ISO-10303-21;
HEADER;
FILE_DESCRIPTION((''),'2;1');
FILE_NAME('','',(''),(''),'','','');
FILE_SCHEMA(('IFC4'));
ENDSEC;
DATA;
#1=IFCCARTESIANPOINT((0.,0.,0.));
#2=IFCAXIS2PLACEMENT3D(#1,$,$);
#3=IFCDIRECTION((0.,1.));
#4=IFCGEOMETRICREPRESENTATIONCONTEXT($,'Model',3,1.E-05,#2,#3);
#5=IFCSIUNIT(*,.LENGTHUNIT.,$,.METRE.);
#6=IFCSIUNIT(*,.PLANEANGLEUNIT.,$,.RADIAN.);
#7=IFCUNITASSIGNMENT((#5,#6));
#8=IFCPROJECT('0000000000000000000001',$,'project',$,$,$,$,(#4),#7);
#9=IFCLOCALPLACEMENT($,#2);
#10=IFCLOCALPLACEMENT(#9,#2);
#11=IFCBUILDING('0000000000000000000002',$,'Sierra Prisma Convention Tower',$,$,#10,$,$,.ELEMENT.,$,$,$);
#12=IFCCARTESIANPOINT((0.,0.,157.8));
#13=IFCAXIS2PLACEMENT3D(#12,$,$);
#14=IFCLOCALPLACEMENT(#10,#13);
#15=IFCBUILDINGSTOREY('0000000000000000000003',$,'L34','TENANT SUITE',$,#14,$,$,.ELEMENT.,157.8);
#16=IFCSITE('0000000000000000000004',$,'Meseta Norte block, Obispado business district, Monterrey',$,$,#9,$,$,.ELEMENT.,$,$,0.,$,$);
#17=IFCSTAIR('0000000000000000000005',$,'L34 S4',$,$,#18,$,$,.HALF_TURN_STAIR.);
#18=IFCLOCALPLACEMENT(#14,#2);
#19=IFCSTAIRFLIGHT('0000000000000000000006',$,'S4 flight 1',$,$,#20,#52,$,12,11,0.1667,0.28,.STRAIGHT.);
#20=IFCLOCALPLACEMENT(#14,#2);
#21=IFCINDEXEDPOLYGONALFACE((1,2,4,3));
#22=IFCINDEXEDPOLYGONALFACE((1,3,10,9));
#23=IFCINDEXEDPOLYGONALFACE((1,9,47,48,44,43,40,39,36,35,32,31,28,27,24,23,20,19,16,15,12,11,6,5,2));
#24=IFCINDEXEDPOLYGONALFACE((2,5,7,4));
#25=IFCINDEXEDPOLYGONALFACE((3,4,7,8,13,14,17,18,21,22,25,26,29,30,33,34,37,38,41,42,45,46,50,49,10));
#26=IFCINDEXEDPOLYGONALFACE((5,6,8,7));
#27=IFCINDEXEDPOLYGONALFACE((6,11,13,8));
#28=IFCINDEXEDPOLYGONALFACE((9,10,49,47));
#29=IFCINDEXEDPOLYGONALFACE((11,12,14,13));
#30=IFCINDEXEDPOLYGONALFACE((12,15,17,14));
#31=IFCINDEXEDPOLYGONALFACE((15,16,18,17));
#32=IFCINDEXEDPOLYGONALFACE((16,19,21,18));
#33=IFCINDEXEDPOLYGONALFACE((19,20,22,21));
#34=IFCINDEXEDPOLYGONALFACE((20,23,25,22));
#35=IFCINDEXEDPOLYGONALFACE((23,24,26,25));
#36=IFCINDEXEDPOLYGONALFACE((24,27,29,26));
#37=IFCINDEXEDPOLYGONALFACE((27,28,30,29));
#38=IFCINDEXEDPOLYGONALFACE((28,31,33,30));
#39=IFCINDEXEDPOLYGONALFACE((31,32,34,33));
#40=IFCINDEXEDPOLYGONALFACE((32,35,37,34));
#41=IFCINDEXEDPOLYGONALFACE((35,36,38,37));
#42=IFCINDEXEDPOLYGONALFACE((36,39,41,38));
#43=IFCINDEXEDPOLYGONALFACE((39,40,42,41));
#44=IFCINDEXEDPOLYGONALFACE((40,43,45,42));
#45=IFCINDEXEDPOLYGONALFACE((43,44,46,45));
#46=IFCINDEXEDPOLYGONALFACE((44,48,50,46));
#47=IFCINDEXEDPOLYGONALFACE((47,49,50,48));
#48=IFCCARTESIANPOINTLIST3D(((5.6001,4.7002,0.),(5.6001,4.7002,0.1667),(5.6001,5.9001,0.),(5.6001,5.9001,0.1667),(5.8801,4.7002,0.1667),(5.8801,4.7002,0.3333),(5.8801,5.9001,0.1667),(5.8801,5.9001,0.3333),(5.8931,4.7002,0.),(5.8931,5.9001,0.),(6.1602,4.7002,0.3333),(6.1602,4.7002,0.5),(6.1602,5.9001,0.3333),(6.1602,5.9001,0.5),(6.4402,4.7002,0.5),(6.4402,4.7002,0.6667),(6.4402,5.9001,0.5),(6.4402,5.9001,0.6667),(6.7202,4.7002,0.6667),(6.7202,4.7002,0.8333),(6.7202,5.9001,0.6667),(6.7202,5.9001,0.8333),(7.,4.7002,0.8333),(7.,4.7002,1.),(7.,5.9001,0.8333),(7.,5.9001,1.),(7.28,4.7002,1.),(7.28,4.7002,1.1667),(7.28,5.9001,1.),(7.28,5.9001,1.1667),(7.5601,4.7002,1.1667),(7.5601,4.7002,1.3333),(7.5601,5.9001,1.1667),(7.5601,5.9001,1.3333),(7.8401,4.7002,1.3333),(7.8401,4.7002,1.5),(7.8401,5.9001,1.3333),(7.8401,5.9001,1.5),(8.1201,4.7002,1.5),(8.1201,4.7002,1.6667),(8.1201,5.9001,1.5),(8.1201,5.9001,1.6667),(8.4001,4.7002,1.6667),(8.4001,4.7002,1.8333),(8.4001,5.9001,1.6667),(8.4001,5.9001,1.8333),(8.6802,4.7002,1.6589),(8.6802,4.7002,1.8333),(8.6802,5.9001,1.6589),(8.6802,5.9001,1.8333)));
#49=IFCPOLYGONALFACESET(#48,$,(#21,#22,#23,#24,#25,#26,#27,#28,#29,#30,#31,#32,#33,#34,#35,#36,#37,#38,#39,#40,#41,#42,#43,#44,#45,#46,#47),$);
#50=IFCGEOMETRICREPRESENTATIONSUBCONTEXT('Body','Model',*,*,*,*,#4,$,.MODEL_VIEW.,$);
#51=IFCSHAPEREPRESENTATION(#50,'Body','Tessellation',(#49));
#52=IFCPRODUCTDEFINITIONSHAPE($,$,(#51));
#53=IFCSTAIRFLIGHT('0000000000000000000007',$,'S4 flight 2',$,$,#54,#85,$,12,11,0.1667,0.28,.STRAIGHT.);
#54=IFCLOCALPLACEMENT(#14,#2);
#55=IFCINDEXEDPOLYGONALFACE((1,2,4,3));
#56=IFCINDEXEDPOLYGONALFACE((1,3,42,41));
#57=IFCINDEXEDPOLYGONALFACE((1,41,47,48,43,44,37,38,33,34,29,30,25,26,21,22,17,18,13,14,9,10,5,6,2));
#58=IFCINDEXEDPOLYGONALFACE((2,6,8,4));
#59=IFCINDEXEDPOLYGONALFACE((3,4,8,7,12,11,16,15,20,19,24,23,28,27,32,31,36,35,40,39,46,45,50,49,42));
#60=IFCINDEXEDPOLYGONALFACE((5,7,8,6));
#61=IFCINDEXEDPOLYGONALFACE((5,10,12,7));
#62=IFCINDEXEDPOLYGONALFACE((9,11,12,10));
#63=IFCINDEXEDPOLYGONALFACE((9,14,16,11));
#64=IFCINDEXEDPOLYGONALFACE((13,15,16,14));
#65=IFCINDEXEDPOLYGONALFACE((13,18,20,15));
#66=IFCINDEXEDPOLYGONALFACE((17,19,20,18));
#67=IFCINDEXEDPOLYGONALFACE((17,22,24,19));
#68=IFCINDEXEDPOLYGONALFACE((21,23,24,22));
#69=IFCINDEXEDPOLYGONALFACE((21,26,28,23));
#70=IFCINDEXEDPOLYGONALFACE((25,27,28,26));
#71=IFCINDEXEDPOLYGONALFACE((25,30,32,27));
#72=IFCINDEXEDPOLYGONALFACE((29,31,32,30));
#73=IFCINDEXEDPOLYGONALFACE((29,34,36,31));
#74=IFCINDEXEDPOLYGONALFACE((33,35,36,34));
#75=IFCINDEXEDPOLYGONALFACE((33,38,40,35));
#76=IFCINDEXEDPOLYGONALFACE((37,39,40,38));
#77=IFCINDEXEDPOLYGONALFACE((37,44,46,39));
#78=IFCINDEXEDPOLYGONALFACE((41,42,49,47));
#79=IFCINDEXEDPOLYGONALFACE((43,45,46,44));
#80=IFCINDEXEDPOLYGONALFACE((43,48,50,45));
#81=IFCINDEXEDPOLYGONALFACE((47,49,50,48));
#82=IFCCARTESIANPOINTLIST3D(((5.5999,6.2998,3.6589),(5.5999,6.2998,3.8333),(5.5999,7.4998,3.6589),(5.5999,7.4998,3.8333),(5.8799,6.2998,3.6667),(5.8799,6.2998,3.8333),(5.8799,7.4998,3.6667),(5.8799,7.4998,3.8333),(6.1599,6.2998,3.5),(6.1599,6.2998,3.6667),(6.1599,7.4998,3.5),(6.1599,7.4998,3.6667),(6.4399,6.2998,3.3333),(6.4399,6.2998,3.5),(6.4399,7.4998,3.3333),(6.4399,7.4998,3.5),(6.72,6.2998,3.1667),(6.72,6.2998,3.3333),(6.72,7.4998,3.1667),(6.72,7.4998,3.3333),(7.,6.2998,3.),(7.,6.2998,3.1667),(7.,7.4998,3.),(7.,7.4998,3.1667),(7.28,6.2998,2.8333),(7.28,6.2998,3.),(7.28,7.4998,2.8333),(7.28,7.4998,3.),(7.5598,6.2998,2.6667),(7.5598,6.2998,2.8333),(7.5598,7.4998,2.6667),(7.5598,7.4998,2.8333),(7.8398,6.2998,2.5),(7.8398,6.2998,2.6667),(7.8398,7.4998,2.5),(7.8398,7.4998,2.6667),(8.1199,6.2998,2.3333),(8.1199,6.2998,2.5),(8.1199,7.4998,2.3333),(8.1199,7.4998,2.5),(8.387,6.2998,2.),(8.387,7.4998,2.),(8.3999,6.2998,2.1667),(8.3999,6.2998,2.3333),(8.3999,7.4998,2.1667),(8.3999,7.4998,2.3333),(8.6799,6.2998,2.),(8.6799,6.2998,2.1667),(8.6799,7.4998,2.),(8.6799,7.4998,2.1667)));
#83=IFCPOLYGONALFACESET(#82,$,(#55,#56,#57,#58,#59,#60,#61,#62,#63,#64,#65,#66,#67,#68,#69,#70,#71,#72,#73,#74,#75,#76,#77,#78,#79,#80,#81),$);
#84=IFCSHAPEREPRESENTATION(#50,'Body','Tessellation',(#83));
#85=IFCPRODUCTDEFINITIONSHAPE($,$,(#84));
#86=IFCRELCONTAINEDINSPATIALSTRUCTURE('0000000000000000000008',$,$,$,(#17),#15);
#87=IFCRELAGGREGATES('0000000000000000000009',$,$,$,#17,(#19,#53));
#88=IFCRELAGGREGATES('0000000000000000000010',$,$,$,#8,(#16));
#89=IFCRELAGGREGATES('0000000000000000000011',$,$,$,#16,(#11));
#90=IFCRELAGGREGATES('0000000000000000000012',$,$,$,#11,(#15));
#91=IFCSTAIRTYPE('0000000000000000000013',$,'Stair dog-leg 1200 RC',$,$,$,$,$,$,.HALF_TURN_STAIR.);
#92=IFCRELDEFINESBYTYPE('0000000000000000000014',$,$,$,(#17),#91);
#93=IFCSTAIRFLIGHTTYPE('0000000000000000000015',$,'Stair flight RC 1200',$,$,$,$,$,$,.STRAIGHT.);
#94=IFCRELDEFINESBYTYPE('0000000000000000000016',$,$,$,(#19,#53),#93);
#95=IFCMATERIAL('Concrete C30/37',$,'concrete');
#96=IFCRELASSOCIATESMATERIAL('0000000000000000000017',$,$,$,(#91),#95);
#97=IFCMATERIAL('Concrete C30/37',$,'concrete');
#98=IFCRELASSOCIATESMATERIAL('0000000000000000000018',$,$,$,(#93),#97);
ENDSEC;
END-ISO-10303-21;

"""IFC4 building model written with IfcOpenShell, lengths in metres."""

from ifc_helpers import new_model, si_unit, direction, frame, origin, place, context, subcontext, project, spatial, polyline, outline, extrude, material, type_object, element, aggregate, save


model = new_model("IFC4")

# Units and contexts
model_context = context("Model", 3, precision=1e-05, world=origin(), true_north=direction((0.0, 1.0)))
body_context = subcontext(model_context, "Body", "Model", "MODEL_VIEW")
ifc_project = project(units=[si_unit("LENGTHUNIT", "METRE"), si_unit("PLANEANGLEUNIT", "RADIAN")], contexts=[model_context])

# Site, building, storey
site_placement = place(None, origin())
site = spatial("IfcSite", under=ifc_project, at=site_placement, Name="Meseta Norte block, Obispado business district, Monterrey", CompositionType="ELEMENT", RefElevation=0.0)
building_placement = place(site_placement, origin())
building = spatial("IfcBuilding", under=site, at=building_placement, Name="Sierra Prisma Convention Tower", CompositionType="ELEMENT")
storey_placement = place(building_placement, frame((0.0, 0.0, 157.8)))
storey = spatial("IfcBuildingStorey", under=building, at=storey_placement, Name="L34", Description="TENANT SUITE", CompositionType="ELEMENT", Elevation=157.8)

# Stair, stair flights
ifc_material_1 = material(Name="Concrete C30/37", Category="concrete")
stair_type = type_object("IfcStairType", Name="Stair dog-leg 1200 RC", PredefinedType="HALF_TURN_STAIR", material=ifc_material_1)
stair_placement = place(storey_placement, origin())
stair = element("IfcStair", 1, at=stair_placement, inside=storey, type_object=stair_type, Name="L34 S4", PredefinedType="HALF_TURN_STAIR")
ifc_material_2 = material(Name="Concrete C30/37", Category="concrete")
stair_flight_type = type_object("IfcStairFlightType", Name="Stair flight RC 1200", PredefinedType="STRAIGHT", material=ifc_material_2)
stair_flight_1_placement = place(storey_placement, frame((5.6001, 5.3, 0.0), z_axis=(0.0, 0.0, 1.0), x_axis=(1.0, 0.0, 0.0)))
stair_flight_1 = element("IfcStairFlight", 2, at=stair_flight_1_placement, type_object=stair_flight_type, Name="S4 flight 1", NumberOfRisers=12, NumberOfTreads=11, PredefinedType="STRAIGHT", RiserHeight=0.1667, TreadLength=0.28, context=body_context, shape_type="SweptSolid", body=[
    extrude(outline(polyline([(0.0, 0.0), (0.0, 0.1667), (0.28, 0.1667), (0.28, 0.3333), (0.5601, 0.3333), (0.5601, 0.5), (0.8401, 0.5), (0.8401, 0.6667), (1.1201, 0.6667), (1.1201, 0.8333), (1.3999, 0.8333), (1.3999, 1.0), (1.6799, 1.0), (1.6799, 1.1667), (1.96, 1.1667), (1.96, 1.3333), (2.24, 1.3333), (2.24, 1.5), (2.52, 1.5), (2.52, 1.6667), (2.8, 1.6667), (2.8, 1.8333), (3.0801, 1.8333), (3.0801, 2.0), (3.0801, 1.6589), (0.293, 0.0), (0.0, 0.0)])), frame((0.0, 0.6001, 0.0), z_axis=(0.0, -1.0, 0.0), x_axis=(1.0, 0.0, 0.0)), (0.0, 0.0, 1.0), 1.2),
])
stair_flight_2_placement = place(storey_placement, frame((8.6799, 6.8999, 2.0), z_axis=(0.0, 0.0, 1.0), x_axis=(-1.0, 0.0, 0.0)))
stair_flight_2 = element("IfcStairFlight", 3, at=stair_flight_2_placement, type_object=stair_flight_type, Name="S4 flight 2", NumberOfRisers=12, NumberOfTreads=11, PredefinedType="STRAIGHT", RiserHeight=0.1667, TreadLength=0.28, context=body_context, shape_type="SweptSolid", body=[
    extrude(outline(polyline([(0.0, 0.0), (0.0, 0.1667), (0.28, 0.1667), (0.28, 0.3333), (0.5601, 0.3333), (0.5601, 0.5), (0.8401, 0.5), (0.8401, 0.6667), (1.1201, 0.6667), (1.1201, 0.8333), (1.3999, 0.8333), (1.3999, 1.0), (1.6799, 1.0), (1.6799, 1.1667), (1.96, 1.1667), (1.96, 1.3333), (2.24, 1.3333), (2.24, 1.5), (2.52, 1.5), (2.52, 1.6667), (2.8, 1.6667), (2.8, 1.8333), (3.0801, 1.8333), (3.0801, 2.0), (3.0801, 1.6589), (0.293, 0.0), (0.0, 0.0)])), frame((0.0, 0.6001, 0.0), z_axis=(0.0, -1.0, 0.0), x_axis=(1.0, 0.0, 0.0)), (0.0, 0.0, 1.0), 1.2),
])
aggregate(stair, [stair_flight_1, stair_flight_2])

save(model, "model.ifc")
